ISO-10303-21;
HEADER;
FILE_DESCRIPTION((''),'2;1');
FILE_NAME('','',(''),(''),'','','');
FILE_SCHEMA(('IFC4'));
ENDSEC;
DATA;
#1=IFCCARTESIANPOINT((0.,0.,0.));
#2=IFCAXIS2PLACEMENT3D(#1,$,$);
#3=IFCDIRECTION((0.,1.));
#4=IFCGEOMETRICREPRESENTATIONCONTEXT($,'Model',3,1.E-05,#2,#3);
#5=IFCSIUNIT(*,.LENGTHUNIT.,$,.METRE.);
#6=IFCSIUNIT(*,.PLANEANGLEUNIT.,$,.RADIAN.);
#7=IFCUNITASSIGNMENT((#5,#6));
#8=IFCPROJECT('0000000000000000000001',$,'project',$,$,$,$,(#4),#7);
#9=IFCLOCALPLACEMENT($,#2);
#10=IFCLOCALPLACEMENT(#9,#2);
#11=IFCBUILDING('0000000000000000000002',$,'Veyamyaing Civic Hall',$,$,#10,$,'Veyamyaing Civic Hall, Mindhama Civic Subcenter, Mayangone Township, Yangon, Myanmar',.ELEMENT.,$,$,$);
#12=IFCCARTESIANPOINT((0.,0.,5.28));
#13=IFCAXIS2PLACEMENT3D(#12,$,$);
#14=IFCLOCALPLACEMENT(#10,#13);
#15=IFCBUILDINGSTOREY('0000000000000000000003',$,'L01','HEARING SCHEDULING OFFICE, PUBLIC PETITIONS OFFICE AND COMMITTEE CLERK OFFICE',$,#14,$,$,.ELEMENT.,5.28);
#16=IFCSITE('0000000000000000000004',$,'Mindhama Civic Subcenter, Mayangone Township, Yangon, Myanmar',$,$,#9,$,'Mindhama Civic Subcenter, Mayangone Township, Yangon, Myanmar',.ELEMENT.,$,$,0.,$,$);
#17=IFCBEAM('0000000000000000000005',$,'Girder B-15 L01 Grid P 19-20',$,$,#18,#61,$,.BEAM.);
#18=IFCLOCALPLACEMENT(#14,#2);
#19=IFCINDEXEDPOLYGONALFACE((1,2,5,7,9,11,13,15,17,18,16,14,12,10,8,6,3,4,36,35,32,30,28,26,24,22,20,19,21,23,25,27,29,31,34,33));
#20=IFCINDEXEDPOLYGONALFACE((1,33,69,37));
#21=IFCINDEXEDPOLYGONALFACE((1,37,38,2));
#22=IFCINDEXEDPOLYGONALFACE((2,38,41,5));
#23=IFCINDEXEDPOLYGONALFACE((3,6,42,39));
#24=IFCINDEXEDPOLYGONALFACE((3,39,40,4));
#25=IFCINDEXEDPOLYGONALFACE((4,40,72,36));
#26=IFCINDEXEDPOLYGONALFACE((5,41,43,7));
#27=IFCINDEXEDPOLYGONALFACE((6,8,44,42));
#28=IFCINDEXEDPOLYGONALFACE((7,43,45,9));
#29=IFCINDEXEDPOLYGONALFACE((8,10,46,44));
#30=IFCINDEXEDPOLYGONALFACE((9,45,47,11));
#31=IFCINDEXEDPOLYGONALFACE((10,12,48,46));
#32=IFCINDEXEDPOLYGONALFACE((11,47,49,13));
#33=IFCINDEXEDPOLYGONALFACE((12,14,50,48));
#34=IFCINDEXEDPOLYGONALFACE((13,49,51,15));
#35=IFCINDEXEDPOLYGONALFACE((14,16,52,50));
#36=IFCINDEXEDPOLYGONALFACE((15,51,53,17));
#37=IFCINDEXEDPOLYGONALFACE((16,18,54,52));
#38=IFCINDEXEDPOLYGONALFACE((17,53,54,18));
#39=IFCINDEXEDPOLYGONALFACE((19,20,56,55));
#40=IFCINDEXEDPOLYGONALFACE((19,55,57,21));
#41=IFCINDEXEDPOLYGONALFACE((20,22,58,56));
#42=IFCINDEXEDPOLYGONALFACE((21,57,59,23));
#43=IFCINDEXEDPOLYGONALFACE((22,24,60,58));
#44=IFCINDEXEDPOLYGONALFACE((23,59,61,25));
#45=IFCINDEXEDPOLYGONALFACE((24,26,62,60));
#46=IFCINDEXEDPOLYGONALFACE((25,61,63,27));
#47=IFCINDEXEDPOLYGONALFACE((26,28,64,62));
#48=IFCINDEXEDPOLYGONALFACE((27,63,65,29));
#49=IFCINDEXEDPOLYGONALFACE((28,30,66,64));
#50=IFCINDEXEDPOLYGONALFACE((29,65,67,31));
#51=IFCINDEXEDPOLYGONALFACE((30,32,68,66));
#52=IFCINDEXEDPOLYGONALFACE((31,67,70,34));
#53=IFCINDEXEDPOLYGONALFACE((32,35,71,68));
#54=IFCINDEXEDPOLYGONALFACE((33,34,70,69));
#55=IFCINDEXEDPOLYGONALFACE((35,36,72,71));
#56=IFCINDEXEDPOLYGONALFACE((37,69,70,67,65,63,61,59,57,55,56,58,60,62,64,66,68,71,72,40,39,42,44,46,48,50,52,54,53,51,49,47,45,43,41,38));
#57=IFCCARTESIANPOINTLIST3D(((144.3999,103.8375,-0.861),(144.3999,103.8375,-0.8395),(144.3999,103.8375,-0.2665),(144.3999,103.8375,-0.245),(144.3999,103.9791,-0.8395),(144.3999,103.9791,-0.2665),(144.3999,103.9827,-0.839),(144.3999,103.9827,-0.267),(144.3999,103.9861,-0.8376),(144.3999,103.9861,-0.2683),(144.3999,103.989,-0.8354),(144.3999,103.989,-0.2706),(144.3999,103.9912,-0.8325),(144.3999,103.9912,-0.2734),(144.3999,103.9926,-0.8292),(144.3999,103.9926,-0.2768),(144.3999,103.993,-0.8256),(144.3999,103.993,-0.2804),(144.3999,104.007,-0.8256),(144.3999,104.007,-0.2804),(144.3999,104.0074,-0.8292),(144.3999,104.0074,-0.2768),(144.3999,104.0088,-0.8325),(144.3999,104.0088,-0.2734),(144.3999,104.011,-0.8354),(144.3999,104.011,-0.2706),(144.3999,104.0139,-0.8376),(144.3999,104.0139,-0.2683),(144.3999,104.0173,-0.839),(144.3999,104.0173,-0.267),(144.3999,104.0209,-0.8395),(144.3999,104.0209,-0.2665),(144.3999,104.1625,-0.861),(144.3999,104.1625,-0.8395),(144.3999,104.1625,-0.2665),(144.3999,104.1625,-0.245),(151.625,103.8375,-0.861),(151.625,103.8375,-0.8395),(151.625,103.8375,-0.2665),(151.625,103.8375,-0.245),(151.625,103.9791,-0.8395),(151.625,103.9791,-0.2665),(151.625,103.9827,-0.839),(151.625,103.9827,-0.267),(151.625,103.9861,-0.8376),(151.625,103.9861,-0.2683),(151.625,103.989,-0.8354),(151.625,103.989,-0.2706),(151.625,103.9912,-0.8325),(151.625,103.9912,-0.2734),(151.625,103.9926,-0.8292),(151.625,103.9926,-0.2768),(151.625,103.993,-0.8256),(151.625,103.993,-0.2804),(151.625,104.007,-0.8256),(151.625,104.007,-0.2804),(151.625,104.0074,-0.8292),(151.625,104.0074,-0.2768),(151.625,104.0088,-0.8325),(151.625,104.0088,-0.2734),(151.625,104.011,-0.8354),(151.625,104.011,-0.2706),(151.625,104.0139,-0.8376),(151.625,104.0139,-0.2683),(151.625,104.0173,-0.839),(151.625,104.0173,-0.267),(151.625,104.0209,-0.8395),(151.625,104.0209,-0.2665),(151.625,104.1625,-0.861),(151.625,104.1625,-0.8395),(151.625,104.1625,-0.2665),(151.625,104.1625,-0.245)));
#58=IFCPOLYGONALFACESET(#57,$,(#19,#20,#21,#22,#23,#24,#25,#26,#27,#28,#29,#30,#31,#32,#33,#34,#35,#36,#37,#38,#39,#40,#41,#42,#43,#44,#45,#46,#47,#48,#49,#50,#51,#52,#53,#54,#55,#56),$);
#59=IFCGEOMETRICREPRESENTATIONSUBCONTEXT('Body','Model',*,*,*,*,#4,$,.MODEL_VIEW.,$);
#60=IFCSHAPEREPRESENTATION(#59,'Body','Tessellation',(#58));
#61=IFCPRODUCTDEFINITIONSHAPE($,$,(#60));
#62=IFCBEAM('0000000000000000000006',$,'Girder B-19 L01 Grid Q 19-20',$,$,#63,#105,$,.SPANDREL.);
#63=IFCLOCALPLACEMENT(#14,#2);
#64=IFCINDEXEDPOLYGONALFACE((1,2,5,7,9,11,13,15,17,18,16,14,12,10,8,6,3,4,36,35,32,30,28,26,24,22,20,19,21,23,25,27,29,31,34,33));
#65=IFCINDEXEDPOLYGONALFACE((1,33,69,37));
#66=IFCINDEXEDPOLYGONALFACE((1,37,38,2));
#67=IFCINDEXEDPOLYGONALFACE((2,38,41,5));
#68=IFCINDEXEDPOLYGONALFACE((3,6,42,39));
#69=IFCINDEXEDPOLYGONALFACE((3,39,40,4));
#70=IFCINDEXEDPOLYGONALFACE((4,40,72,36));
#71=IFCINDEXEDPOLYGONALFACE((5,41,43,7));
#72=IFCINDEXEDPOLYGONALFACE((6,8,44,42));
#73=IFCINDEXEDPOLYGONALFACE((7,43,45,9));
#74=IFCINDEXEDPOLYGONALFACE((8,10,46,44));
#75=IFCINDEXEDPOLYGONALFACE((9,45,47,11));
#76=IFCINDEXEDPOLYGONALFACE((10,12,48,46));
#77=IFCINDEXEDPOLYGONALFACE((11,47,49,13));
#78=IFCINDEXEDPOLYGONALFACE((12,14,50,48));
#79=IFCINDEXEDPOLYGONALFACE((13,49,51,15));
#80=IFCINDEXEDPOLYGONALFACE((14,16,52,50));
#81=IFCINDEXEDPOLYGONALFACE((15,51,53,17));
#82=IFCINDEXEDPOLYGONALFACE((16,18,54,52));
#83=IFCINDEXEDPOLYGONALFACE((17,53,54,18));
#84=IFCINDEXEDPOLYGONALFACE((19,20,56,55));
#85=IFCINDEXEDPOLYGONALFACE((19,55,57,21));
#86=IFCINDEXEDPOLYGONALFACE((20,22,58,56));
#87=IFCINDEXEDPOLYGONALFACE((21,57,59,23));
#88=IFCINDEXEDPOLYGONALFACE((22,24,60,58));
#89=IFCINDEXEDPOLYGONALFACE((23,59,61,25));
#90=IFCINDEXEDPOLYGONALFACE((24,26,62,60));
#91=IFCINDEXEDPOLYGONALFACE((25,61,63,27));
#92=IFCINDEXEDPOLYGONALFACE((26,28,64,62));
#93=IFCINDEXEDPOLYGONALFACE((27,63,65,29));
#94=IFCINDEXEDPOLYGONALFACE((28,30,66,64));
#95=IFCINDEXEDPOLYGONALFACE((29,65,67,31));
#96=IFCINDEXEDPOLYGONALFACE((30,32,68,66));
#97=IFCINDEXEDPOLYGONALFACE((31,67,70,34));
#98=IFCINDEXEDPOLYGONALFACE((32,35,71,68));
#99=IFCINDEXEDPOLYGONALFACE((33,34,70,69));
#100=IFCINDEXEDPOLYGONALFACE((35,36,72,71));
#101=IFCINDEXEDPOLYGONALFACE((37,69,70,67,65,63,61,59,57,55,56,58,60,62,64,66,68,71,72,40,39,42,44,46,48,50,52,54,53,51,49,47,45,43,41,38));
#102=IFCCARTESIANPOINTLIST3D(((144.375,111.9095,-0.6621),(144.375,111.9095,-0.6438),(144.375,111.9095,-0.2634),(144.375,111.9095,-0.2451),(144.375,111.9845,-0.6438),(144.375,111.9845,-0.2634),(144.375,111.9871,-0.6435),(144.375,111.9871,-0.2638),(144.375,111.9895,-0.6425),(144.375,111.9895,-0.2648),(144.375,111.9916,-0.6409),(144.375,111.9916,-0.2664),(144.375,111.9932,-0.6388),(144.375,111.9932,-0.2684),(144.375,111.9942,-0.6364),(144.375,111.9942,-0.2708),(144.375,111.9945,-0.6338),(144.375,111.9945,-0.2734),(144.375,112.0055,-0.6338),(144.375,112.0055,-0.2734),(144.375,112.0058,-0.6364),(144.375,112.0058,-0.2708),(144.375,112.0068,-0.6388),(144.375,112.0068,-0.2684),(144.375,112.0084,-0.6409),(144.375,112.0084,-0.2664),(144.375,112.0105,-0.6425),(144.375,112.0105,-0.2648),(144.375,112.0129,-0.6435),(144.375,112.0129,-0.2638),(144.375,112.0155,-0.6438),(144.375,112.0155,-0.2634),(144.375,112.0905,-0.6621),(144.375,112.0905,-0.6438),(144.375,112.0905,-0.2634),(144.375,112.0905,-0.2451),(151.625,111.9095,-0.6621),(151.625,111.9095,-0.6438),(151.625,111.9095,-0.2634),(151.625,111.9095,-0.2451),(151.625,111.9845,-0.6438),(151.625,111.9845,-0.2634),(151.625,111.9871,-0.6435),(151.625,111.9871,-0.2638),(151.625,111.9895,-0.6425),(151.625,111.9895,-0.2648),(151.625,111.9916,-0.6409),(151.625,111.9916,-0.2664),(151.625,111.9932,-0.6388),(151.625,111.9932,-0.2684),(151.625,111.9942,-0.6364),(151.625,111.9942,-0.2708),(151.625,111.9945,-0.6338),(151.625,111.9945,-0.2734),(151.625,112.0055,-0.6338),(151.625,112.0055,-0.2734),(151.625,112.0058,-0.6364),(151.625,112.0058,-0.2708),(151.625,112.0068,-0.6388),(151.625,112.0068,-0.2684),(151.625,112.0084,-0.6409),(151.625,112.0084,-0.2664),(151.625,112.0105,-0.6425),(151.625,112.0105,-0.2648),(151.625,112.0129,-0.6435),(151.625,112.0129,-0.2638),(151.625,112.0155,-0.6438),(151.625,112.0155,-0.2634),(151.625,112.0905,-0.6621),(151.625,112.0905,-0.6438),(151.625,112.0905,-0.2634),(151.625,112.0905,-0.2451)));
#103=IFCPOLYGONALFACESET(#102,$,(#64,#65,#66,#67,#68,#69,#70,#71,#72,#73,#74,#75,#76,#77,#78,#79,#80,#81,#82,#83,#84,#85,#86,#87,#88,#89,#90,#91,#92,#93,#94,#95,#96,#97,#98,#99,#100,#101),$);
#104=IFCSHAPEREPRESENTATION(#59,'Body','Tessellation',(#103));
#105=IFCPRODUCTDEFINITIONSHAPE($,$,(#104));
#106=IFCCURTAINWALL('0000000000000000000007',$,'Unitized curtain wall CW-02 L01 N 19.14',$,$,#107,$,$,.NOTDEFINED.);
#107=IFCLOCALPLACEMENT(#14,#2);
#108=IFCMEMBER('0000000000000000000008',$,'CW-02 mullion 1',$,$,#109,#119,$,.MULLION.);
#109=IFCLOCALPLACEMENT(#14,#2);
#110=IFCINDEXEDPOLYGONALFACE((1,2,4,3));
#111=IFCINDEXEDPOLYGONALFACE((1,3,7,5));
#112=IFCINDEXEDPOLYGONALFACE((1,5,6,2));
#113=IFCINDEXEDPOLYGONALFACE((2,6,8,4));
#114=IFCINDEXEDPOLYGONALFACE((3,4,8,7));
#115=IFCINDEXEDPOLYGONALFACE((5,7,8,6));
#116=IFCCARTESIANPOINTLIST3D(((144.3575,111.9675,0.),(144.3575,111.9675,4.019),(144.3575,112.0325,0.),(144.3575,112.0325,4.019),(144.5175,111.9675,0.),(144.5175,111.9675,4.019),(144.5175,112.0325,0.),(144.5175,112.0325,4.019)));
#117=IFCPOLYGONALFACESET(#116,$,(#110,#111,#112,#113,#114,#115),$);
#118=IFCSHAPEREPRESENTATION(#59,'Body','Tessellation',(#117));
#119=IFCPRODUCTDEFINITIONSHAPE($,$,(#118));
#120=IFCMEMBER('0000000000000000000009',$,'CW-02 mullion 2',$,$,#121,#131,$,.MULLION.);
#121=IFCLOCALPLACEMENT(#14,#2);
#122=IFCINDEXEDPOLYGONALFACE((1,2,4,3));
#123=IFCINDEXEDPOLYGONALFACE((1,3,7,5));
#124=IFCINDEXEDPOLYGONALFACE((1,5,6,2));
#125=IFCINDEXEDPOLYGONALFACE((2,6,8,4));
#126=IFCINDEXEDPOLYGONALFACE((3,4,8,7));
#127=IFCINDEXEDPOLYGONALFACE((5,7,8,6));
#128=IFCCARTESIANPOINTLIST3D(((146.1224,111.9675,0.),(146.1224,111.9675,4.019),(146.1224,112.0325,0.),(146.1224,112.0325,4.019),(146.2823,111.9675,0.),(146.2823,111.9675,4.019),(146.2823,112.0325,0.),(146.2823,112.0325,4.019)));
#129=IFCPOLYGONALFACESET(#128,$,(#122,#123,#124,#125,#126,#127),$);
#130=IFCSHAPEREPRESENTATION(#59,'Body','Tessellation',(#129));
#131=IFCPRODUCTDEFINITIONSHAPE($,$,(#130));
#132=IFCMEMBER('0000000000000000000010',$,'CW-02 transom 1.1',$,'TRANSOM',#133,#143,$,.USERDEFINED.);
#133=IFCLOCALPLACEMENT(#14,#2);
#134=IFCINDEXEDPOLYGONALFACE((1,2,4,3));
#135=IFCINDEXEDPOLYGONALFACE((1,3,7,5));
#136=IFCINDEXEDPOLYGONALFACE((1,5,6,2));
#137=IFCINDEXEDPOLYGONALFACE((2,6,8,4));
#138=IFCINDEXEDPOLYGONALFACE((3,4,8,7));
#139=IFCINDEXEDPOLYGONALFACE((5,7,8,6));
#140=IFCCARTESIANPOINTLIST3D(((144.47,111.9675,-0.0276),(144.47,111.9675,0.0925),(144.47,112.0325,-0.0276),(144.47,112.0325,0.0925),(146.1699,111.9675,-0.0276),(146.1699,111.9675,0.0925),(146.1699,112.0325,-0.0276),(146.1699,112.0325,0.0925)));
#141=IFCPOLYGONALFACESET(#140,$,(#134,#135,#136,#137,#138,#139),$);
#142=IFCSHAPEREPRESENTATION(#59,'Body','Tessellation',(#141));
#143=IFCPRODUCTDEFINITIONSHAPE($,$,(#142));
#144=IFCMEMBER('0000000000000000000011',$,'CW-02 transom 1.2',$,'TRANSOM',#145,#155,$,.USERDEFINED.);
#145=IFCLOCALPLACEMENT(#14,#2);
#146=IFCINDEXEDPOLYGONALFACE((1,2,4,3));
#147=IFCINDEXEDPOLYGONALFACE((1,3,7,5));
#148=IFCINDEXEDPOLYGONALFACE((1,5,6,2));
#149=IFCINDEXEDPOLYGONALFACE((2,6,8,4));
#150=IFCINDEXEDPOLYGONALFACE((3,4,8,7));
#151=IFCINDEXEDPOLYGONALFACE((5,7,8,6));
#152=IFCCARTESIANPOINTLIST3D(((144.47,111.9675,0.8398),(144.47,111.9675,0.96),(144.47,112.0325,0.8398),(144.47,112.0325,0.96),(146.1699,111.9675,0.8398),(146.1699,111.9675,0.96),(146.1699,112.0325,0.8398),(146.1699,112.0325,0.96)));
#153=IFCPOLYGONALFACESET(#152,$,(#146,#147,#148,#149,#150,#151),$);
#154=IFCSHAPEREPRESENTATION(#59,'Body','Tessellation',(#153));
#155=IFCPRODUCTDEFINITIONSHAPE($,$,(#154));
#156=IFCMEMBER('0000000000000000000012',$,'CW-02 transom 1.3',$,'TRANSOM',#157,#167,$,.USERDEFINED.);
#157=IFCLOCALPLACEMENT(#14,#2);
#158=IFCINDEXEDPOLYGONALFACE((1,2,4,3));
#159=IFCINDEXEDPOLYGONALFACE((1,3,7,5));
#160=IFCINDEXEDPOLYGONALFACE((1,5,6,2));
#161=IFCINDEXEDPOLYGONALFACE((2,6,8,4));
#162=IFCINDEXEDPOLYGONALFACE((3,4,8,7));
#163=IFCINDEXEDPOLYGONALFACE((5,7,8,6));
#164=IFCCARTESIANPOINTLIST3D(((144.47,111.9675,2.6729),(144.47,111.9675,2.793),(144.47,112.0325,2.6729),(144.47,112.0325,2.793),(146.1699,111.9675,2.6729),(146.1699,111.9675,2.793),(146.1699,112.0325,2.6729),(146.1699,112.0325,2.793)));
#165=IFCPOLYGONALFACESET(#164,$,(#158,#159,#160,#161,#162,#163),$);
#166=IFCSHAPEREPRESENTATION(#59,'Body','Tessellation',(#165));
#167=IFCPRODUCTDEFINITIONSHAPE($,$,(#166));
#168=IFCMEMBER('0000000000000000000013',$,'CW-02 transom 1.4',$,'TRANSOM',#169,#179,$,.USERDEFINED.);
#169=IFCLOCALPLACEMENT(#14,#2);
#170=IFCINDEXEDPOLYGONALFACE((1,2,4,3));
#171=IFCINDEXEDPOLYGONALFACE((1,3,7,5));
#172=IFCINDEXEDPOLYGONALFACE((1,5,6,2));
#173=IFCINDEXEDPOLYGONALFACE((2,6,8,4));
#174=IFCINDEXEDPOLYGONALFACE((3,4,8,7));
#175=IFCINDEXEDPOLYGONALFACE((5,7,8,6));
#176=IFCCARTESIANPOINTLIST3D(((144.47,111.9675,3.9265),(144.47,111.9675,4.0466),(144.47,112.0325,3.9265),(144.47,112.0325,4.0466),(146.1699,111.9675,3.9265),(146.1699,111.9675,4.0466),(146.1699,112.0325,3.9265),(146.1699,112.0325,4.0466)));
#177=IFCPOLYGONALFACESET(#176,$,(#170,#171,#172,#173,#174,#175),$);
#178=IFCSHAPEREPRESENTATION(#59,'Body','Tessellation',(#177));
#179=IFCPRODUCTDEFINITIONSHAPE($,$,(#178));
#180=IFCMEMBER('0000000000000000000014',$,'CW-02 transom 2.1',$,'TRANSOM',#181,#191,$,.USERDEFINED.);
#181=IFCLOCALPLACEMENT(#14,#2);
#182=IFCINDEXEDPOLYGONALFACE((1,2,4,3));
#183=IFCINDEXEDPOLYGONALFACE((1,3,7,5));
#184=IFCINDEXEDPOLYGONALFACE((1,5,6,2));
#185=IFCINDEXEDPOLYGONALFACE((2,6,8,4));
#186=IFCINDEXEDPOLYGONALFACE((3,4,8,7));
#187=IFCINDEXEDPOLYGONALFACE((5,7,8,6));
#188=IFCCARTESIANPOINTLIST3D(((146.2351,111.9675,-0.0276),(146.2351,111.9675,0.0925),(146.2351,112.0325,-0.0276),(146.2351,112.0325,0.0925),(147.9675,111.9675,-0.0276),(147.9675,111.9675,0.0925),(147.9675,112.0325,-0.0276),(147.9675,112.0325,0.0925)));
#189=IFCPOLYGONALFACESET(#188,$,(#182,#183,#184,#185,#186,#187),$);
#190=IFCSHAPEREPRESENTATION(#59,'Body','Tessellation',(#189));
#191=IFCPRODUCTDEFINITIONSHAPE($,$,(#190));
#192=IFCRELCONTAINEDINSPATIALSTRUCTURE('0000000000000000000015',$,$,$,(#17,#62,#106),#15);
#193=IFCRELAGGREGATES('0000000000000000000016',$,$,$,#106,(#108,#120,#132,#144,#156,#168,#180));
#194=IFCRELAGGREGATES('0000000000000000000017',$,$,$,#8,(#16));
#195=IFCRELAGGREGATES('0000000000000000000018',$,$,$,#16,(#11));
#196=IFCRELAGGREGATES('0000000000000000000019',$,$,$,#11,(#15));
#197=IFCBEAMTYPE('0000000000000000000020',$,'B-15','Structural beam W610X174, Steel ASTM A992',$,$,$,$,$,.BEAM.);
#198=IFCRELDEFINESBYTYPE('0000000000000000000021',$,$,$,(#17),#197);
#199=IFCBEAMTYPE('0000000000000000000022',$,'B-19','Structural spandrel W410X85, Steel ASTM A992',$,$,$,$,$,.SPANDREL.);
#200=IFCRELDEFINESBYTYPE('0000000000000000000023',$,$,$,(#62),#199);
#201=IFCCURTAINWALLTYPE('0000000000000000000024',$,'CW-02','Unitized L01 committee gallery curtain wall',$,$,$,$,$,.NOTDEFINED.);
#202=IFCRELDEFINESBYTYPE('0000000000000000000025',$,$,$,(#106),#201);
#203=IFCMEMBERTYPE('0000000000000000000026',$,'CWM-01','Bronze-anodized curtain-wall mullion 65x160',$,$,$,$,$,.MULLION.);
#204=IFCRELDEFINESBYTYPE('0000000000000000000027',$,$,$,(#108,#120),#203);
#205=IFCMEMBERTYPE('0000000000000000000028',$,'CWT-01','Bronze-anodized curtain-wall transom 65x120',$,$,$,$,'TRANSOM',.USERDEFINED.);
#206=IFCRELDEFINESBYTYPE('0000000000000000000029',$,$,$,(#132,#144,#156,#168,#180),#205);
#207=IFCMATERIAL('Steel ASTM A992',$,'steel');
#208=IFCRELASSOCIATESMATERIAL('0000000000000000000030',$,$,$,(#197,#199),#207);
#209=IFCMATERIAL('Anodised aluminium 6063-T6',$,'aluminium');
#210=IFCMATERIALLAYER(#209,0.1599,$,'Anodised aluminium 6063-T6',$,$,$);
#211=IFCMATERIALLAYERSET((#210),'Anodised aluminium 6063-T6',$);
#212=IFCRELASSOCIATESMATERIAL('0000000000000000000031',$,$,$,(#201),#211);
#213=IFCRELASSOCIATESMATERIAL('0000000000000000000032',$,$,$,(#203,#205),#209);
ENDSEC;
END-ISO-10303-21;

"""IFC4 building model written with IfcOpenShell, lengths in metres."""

from ifc_helpers import new_model, si_unit, direction, frame, origin, origin_2d, place, context, subcontext, project, spatial, rectangle, i_section, extrude, material, layer, layer_set, material_profile, profile_set, type_object, element, aggregate, save


model = new_model("IFC4")

# Units and contexts
model_context = context("Model", 3, precision=1e-05, world=origin(), true_north=direction((0.0, 1.0)))
body_context = subcontext(model_context, "Body", "Model", "MODEL_VIEW")
ifc_project = project(units=[si_unit("LENGTHUNIT", "METRE"), si_unit("PLANEANGLEUNIT", "RADIAN")], contexts=[model_context])

# Site, building, storey
site_placement = place(None, origin())
site = spatial("IfcSite", under=ifc_project, at=site_placement, Name="Mindhama Civic Subcenter, Mayangone Township, Yangon, Myanmar", LongName="Mindhama Civic Subcenter, Mayangone Township, Yangon, Myanmar", CompositionType="ELEMENT", RefElevation=0.0)
building_placement = place(site_placement, origin())
building = spatial("IfcBuilding", under=site, at=building_placement, Name="Veyamyaing Civic Hall", LongName="Veyamyaing Civic Hall, Mindhama Civic Subcenter, Mayangone Township, Yangon, Myanmar", CompositionType="ELEMENT")
storey_placement = place(building_placement, frame((0.0, 0.0, 5.28)))
storey = spatial("IfcBuildingStorey", under=building, at=storey_placement, Name="L01", Description="HEARING SCHEDULING OFFICE, PUBLIC PETITIONS OFFICE AND COMMITTEE CLERK OFFICE", CompositionType="ELEMENT", Elevation=5.28)

# Beams
ifc_material_1 = material(Name="Steel ASTM A992", Category="steel")
ifc_material_profile_1 = material_profile(ifc_material_1, i_section(OverallWidth=0.325, OverallDepth=0.616, WebThickness=0.0139, FlangeThickness=0.0215, FilletRadius=0.0139, at=origin_2d()), Name="W610X174")
ifc_profile_set_1 = profile_set([ifc_material_profile_1], Name="Steel ASTM A992")
beam_type_1 = type_object("IfcBeamType", Name="B-15", Description="Structural beam W610X174, Steel ASTM A992", PredefinedType="BEAM", material=ifc_profile_set_1)
beam_1_placement = place(storey_placement, frame((144.3999, 104.0, -0.553), z_axis=(1.0, 0.0, 0.0), x_axis=(0.0, 1.0, 0.0)))
element("IfcBeam", 1, at=beam_1_placement, inside=storey, type_object=beam_type_1, Name="Girder B-15 L01 Grid P 19-20", PredefinedType="BEAM", context=body_context, shape_type="SweptSolid", body=[
    extrude(i_section(OverallWidth=0.325, OverallDepth=0.616, WebThickness=0.0139, FlangeThickness=0.0215, FilletRadius=0.0139, at=origin_2d()), origin(), (0.0, 0.0, 1.0), 7.2251),
])
ifc_material_profile_2 = material_profile(ifc_material_1, i_section(OverallWidth=0.1809, OverallDepth=0.417, WebThickness=0.011, FlangeThickness=0.0183, FilletRadius=0.01, at=origin_2d()), Name="W410X85")
ifc_profile_set_2 = profile_set([ifc_material_profile_2], Name="Steel ASTM A992")
beam_type_2 = type_object("IfcBeamType", Name="B-19", Description="Structural spandrel W410X85, Steel ASTM A992", PredefinedType="SPANDREL", material=ifc_profile_set_2)
beam_2_placement = place(storey_placement, frame((144.375, 112.0, -0.4536), z_axis=(1.0, 0.0, 0.0), x_axis=(0.0, 1.0, 0.0)))
element("IfcBeam", 2, at=beam_2_placement, inside=storey, type_object=beam_type_2, Name="Girder B-19 L01 Grid Q 19-20", PredefinedType="SPANDREL", context=body_context, shape_type="SweptSolid", body=[
    extrude(i_section(OverallWidth=0.1809, OverallDepth=0.417, WebThickness=0.011, FlangeThickness=0.0183, FilletRadius=0.01, at=origin_2d()), origin(), (0.0, 0.0, 1.0), 7.25),
])

# Curtain wall, members
ifc_material_2 = material(Name="Anodised aluminium 6063-T6", Category="aluminium")
ifc_layer_1 = layer(ifc_material_2, 0.1599, Name="Anodised aluminium 6063-T6")
ifc_layer_set_1 = layer_set([ifc_layer_1], Name="Anodised aluminium 6063-T6")
curtain_wall_type = type_object("IfcCurtainWallType", Name="CW-02", Description="Unitized L01 committee gallery curtain wall", PredefinedType="NOTDEFINED", material=ifc_layer_set_1)
curtain_wall_placement = place(storey_placement, origin())
curtain_wall = element("IfcCurtainWall", 3, at=curtain_wall_placement, inside=storey, type_object=curtain_wall_type, Name="Unitized curtain wall CW-02 L01 N 19.14", PredefinedType="NOTDEFINED")
ifc_material_profile_3 = material_profile(ifc_material_2, rectangle(XDim=0.0649, YDim=0.1599, at=origin_2d()), Name="ALU-MUL-65X160")
ifc_profile_set_3 = profile_set([ifc_material_profile_3], Name="Anodised aluminium 6063-T6")
member_type_1 = type_object("IfcMemberType", Name="CWM-01", Description="Bronze-anodized curtain-wall mullion 65x160", PredefinedType="MULLION", material=ifc_profile_set_3)
member_1_placement = place(storey_placement, frame((144.4375, 112.0, 0.0), z_axis=(0.0, 0.0, 1.0), x_axis=(0.0, 1.0, 0.0)))
member_1 = element("IfcMember", 4, at=member_1_placement, type_object=member_type_1, Name="CW-02 mullion 1", PredefinedType="MULLION", context=body_context, shape_type="SweptSolid", body=[
    extrude(rectangle(XDim=0.0649, YDim=0.1599, at=origin_2d()), origin(), (0.0, 0.0, 1.0), 4.019),
])
member_2_placement = place(storey_placement, frame((146.2024, 112.0, 0.0), z_axis=(0.0, 0.0, 1.0), x_axis=(0.0, 1.0, 0.0)))
member_2 = element("IfcMember", 5, at=member_2_placement, type_object=member_type_1, Name="CW-02 mullion 2", PredefinedType="MULLION", context=body_context, shape_type="SweptSolid", body=[
    extrude(rectangle(XDim=0.0649, YDim=0.1599, at=origin_2d()), origin(), (0.0, 0.0, 1.0), 4.019),
])
ifc_material_profile_4 = material_profile(ifc_material_2, rectangle(XDim=0.0649, YDim=0.1201, at=origin_2d()), Name="ALU-TRN-65X120")
ifc_profile_set_4 = profile_set([ifc_material_profile_4], Name="Anodised aluminium 6063-T6")
member_type_2 = type_object("IfcMemberType", Name="CWT-01", Description="Bronze-anodized curtain-wall transom 65x120", ElementType="TRANSOM", PredefinedType="USERDEFINED", material=ifc_profile_set_4)
member_3_placement = place(storey_placement, frame((144.47, 112.0, 0.0325), z_axis=(1.0, 0.0, 0.0), x_axis=(0.0, 1.0, 0.0)))
member_3 = element("IfcMember", 6, at=member_3_placement, type_object=member_type_2, Name="CW-02 transom 1.1", ObjectType="TRANSOM", PredefinedType="USERDEFINED", context=body_context, shape_type="SweptSolid", body=[
    extrude(rectangle(XDim=0.0649, YDim=0.1201, at=origin_2d()), origin(), (0.0, 0.0, 1.0), 1.7),
])
member_4_placement = place(storey_placement, frame((144.47, 112.0, 0.8999), z_axis=(1.0, 0.0, 0.0), x_axis=(0.0, 1.0, 0.0)))
member_4 = element("IfcMember", 7, at=member_4_placement, type_object=member_type_2, Name="CW-02 transom 1.2", ObjectType="TRANSOM", PredefinedType="USERDEFINED", context=body_context, shape_type="SweptSolid", body=[
    extrude(rectangle(XDim=0.0649, YDim=0.1201, at=origin_2d()), origin(), (0.0, 0.0, 1.0), 1.7),
])
member_5_placement = place(storey_placement, frame((144.47, 112.0, 2.7329), z_axis=(1.0, 0.0, 0.0), x_axis=(0.0, 1.0, 0.0)))
member_5 = element("IfcMember", 8, at=member_5_placement, type_object=member_type_2, Name="CW-02 transom 1.3", ObjectType="TRANSOM", PredefinedType="USERDEFINED", context=body_context, shape_type="SweptSolid", body=[
    extrude(rectangle(XDim=0.0649, YDim=0.1201, at=origin_2d()), origin(), (0.0, 0.0, 1.0), 1.7),
])
member_6_placement = place(storey_placement, frame((144.47, 112.0, 3.9866), z_axis=(1.0, 0.0, 0.0), x_axis=(0.0, 1.0, 0.0)))
member_6 = element("IfcMember", 9, at=member_6_placement, type_object=member_type_2, Name="CW-02 transom 1.4", ObjectType="TRANSOM", PredefinedType="USERDEFINED", context=body_context, shape_type="SweptSolid", body=[
    extrude(rectangle(XDim=0.0649, YDim=0.1201, at=origin_2d()), origin(), (0.0, 0.0, 1.0), 1.7),
])
member_7_placement = place(storey_placement, frame((146.2351, 112.0, 0.0325), z_axis=(1.0, 0.0, 0.0), x_axis=(0.0, 1.0, 0.0)))
member_7 = element("IfcMember", 10, at=member_7_placement, type_object=member_type_2, Name="CW-02 transom 2.1", ObjectType="TRANSOM", PredefinedType="USERDEFINED", context=body_context, shape_type="SweptSolid", body=[
    extrude(rectangle(XDim=0.0649, YDim=0.1201, at=origin_2d()), origin(), (0.0, 0.0, 1.0), 1.7324),
])

aggregate(curtain_wall, [member_1, member_2, member_3, member_4, member_5, member_6, member_7])

save(model, "model.ifc")
